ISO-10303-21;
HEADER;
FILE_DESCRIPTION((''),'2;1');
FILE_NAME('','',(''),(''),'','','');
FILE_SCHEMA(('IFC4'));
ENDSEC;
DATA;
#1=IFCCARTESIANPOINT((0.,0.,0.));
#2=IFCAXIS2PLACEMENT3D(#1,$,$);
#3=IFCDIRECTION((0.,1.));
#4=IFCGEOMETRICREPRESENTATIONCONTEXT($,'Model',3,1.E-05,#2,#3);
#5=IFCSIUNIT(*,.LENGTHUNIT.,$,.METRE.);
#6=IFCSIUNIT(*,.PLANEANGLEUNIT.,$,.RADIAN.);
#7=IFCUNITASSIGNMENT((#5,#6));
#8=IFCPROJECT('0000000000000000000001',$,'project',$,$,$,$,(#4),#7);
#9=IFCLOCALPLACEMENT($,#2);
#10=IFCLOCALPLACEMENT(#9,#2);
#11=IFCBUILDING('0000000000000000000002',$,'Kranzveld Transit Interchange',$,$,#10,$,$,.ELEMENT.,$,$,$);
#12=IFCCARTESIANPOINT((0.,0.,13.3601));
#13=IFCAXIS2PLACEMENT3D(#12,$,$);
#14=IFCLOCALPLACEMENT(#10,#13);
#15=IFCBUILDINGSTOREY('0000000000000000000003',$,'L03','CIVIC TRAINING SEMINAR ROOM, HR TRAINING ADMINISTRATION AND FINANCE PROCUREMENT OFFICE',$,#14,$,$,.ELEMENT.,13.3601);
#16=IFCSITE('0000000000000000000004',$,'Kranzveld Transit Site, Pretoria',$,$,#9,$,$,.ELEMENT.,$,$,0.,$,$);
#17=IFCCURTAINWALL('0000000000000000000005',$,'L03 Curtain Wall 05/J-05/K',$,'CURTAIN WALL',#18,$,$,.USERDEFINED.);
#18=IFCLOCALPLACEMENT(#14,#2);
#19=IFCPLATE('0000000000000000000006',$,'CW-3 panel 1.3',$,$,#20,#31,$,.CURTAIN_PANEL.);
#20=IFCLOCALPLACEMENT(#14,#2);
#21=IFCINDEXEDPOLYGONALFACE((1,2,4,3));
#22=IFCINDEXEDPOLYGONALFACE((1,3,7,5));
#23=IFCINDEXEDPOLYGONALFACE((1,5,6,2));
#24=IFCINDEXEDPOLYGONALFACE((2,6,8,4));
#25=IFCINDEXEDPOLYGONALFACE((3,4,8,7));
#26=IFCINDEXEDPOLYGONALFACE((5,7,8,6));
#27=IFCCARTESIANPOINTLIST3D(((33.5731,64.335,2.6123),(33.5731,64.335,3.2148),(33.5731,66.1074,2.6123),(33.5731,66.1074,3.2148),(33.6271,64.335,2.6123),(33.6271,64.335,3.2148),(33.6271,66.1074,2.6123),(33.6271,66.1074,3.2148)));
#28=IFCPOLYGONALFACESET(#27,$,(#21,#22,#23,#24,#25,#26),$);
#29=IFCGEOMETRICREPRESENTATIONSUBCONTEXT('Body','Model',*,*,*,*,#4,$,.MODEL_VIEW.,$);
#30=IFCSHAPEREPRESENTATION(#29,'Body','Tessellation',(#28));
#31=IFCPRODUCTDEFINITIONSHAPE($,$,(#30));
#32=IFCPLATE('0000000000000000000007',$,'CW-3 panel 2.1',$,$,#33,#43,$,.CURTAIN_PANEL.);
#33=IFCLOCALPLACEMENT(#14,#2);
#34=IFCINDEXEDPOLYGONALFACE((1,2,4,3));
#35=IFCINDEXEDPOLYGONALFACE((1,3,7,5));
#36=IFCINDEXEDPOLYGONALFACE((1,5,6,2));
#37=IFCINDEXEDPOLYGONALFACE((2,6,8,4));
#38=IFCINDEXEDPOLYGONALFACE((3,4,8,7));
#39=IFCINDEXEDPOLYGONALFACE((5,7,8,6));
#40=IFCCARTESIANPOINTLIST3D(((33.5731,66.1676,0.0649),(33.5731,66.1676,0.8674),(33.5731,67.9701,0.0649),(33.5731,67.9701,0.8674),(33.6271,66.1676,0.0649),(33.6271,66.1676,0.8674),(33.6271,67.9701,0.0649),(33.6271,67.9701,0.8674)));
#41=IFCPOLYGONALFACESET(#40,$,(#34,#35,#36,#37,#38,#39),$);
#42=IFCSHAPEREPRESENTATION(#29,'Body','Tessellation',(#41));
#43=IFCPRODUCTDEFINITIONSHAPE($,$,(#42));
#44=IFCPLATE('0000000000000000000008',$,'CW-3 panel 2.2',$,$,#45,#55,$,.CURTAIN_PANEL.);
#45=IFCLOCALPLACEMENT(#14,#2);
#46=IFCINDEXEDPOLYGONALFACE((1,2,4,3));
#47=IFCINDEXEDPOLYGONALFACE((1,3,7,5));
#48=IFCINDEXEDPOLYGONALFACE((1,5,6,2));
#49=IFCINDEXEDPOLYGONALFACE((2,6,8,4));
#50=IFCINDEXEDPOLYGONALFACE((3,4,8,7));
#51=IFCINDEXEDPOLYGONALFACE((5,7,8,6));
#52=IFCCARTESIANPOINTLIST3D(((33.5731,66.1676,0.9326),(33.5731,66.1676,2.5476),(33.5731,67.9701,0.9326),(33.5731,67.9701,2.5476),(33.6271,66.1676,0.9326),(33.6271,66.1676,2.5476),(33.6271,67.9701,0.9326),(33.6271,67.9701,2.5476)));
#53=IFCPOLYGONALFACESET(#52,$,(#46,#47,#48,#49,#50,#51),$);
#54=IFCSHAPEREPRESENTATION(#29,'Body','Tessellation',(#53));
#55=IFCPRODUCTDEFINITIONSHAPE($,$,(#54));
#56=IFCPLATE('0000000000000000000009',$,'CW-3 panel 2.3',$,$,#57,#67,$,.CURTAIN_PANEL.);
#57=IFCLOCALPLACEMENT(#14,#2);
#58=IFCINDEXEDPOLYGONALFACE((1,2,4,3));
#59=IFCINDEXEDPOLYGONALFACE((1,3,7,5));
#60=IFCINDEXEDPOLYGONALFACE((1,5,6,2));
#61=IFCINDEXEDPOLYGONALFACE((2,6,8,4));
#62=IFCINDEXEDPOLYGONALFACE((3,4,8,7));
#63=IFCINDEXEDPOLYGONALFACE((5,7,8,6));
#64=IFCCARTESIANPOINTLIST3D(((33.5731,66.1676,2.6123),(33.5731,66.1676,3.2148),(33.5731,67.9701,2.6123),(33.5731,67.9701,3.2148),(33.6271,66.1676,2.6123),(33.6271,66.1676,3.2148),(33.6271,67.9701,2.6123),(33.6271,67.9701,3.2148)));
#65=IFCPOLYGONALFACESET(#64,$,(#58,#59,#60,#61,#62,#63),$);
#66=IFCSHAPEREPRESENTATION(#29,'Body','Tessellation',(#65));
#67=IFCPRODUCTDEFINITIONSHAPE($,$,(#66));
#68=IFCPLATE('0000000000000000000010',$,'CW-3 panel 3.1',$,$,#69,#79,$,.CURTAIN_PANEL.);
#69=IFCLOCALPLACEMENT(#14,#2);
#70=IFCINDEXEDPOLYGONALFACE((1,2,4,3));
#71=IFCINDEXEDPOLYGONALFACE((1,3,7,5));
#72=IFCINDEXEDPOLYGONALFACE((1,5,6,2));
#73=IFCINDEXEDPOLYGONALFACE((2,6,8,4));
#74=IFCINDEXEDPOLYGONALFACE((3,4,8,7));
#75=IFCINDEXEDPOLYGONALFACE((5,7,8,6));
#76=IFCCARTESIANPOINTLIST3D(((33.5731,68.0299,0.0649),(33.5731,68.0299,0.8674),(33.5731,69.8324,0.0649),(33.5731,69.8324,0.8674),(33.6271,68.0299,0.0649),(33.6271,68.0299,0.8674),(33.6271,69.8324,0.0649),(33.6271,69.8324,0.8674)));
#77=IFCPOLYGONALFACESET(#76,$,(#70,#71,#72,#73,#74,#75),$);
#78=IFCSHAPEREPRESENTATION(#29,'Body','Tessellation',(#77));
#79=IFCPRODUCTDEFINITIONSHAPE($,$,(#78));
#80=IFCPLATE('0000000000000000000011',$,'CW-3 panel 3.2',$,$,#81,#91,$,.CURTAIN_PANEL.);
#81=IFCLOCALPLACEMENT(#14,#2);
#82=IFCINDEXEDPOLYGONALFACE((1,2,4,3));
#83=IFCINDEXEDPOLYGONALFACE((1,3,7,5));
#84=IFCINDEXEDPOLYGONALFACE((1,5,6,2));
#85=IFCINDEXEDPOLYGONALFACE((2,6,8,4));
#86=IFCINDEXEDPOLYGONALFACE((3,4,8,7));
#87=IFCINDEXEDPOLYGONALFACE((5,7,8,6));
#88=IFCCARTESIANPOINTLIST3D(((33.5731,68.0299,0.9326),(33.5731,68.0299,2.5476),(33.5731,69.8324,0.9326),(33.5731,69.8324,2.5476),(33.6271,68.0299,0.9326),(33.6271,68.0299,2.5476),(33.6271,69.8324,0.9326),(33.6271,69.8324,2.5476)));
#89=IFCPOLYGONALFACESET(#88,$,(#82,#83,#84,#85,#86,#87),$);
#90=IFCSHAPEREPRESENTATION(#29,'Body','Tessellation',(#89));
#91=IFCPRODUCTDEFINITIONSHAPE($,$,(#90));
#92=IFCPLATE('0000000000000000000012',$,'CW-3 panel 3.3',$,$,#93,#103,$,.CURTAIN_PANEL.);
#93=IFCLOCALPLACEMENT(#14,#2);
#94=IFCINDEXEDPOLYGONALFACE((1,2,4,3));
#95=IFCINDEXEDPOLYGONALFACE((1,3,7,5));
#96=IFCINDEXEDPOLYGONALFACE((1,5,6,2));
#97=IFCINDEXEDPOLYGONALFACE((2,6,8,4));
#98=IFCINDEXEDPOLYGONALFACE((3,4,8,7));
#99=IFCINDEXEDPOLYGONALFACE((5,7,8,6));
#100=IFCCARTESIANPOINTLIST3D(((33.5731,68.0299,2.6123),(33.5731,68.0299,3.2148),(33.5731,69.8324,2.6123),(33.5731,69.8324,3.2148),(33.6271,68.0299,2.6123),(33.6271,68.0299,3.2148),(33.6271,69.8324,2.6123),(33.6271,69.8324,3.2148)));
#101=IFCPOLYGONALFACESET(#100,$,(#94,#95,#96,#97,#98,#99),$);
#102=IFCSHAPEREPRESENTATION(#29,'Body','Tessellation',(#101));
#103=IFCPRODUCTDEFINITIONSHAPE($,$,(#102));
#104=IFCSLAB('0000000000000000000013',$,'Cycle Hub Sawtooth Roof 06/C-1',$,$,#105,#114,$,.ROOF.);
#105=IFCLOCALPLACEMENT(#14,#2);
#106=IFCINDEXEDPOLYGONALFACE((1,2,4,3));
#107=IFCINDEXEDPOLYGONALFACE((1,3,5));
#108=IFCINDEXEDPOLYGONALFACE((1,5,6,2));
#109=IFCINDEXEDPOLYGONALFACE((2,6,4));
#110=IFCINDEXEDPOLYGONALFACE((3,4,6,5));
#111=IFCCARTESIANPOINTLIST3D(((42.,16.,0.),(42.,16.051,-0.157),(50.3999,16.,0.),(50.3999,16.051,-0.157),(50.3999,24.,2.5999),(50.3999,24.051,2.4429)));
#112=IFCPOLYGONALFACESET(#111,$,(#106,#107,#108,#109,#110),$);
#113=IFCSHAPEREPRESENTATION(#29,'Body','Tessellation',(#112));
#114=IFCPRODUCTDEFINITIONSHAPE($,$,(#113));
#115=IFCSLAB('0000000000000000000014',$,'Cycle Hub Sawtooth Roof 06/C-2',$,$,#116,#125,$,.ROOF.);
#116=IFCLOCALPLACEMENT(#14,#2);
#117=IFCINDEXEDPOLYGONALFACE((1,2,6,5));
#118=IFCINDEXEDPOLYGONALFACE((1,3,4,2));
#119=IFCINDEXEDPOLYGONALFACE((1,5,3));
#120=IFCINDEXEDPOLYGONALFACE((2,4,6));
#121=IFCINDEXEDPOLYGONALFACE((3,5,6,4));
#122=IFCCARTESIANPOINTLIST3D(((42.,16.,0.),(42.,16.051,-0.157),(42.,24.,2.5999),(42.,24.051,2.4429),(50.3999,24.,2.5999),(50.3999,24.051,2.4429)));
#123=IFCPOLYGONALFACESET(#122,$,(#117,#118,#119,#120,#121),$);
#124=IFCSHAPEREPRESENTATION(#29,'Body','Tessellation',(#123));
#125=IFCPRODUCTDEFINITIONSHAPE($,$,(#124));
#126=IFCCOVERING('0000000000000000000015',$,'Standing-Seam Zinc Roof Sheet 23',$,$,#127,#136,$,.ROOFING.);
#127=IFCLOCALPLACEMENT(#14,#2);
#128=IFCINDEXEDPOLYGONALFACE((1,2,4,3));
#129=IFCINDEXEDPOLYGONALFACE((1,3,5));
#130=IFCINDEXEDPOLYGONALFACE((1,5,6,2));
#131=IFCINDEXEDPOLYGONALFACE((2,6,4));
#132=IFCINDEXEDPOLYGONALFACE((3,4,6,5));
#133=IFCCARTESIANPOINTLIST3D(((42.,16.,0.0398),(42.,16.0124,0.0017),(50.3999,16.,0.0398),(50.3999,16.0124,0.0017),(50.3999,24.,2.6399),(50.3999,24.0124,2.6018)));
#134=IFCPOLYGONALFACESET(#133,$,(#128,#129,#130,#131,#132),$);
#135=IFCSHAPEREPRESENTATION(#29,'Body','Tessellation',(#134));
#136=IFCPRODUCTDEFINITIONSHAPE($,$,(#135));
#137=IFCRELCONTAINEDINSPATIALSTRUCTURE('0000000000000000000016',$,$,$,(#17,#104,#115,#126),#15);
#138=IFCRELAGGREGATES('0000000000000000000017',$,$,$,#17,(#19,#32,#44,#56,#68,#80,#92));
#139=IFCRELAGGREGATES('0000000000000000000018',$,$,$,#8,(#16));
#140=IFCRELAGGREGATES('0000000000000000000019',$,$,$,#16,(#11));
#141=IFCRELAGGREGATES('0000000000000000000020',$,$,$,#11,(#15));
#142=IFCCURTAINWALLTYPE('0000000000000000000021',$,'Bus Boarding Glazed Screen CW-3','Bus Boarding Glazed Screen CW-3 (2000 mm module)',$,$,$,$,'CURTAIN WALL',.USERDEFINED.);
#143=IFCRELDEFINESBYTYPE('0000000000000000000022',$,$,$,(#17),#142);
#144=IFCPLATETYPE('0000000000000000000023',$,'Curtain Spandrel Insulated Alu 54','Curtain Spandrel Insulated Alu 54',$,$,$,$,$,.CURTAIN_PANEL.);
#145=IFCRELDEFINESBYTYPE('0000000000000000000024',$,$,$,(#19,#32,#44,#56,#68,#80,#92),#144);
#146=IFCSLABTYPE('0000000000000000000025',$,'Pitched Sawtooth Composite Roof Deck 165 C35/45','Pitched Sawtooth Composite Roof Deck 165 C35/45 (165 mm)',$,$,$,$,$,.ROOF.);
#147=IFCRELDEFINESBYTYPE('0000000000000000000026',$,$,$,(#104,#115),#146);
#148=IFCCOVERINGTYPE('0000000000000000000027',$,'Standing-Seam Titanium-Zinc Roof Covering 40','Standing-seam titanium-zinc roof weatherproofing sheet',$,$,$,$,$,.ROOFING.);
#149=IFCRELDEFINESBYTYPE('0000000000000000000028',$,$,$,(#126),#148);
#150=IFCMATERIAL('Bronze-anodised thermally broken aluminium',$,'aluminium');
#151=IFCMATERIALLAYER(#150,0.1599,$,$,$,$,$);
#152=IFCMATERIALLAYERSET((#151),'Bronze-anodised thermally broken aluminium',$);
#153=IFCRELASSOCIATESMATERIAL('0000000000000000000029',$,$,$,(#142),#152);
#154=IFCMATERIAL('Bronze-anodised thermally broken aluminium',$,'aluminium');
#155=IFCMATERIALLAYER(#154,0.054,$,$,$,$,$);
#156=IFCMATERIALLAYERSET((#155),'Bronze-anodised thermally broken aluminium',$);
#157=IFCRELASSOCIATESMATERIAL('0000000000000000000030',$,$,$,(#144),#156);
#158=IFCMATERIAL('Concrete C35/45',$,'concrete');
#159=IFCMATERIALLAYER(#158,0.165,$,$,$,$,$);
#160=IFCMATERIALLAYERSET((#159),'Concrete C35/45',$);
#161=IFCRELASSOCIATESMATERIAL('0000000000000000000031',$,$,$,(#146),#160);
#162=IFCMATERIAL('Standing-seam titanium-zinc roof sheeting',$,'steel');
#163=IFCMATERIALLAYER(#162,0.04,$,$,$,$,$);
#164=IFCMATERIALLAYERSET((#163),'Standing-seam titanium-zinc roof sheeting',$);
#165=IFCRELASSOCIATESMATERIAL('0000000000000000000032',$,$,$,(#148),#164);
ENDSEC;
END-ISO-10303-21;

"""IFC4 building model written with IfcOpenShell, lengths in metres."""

from ifc_helpers import new_model, si_unit, direction, frame, origin, origin_2d, place, context, subcontext, project, spatial, polyline, rectangle, outline, extrude, material, layer, layer_set, type_object, element, aggregate, save


model = new_model("IFC4")

# Units and contexts
model_context = context("Model", 3, precision=1e-05, world=origin(), true_north=direction((0.0, 1.0)))
body_context = subcontext(model_context, "Body", "Model", "MODEL_VIEW")
ifc_project = project(units=[si_unit("LENGTHUNIT", "METRE"), si_unit("PLANEANGLEUNIT", "RADIAN")], contexts=[model_context])

# Site, building, storey
site_placement = place(None, origin())
site = spatial("IfcSite", under=ifc_project, at=site_placement, Name="Kranzveld Transit Site, Pretoria", CompositionType="ELEMENT", RefElevation=0.0)
building_placement = place(site_placement, origin())
building = spatial("IfcBuilding", under=site, at=building_placement, Name="Kranzveld Transit Interchange", CompositionType="ELEMENT")
storey_placement = place(building_placement, frame((0.0, 0.0, 13.3601)))
storey = spatial("IfcBuildingStorey", under=building, at=storey_placement, Name="L03", Description="CIVIC TRAINING SEMINAR ROOM, HR TRAINING ADMINISTRATION AND FINANCE PROCUREMENT OFFICE", CompositionType="ELEMENT", Elevation=13.3601)

# Curtain wall, plates
ifc_material_1 = material(Name="Bronze-anodised thermally broken aluminium", Category="aluminium")
ifc_layer_1 = layer(ifc_material_1, 0.1599)
ifc_layer_set_1 = layer_set([ifc_layer_1], Name="Bronze-anodised thermally broken aluminium")
curtain_wall_type = type_object("IfcCurtainWallType", Name="Bus Boarding Glazed Screen CW-3", Description="Bus Boarding Glazed Screen CW-3 (2000 mm module)", ElementType="CURTAIN WALL", PredefinedType="USERDEFINED", material=ifc_layer_set_1)
curtain_wall_placement = place(storey_placement, origin())
curtain_wall = element("IfcCurtainWall", 1, at=curtain_wall_placement, inside=storey, type_object=curtain_wall_type, Name="L03 Curtain Wall 05/J-05/K", ObjectType="CURTAIN WALL", PredefinedType="USERDEFINED")
ifc_material_2 = material(Name="Bronze-anodised thermally broken aluminium", Category="aluminium")
ifc_layer_2 = layer(ifc_material_2, 0.054)
ifc_layer_set_2 = layer_set([ifc_layer_2], Name="Bronze-anodised thermally broken aluminium")
plate_type = type_object("IfcPlateType", Name="Curtain Spandrel Insulated Alu 54", Description="Curtain Spandrel Insulated Alu 54", PredefinedType="CURTAIN_PANEL", material=ifc_layer_set_2)
plate_1_placement = place(storey_placement, frame((33.6001, 65.2212, 2.6123), z_axis=(0.0, 0.0, 1.0), x_axis=(0.0, 1.0, 0.0)))
plate_1 = element("IfcPlate", 2, at=plate_1_placement, type_object=plate_type, Name="CW-3 panel 1.3", PredefinedType="CURTAIN_PANEL", context=body_context, shape_type="SweptSolid", body=[
    extrude(rectangle(XDim=1.7725, YDim=0.054, at=origin_2d()), origin(), (0.0, 0.0, 1.0), 0.6025),
])
plate_2_placement = place(storey_placement, frame((33.6001, 67.0688, 0.0649), z_axis=(0.0, 0.0, 1.0), x_axis=(0.0, 1.0, 0.0)))
plate_2 = element("IfcPlate", 3, at=plate_2_placement, type_object=plate_type, Name="CW-3 panel 2.1", PredefinedType="CURTAIN_PANEL", context=body_context, shape_type="SweptSolid", body=[
    extrude(rectangle(XDim=1.8025, YDim=0.054, at=origin_2d()), origin(), (0.0, 0.0, 1.0), 0.8025),
])
plate_3_placement = place(storey_placement, frame((33.6001, 67.0688, 0.9326), z_axis=(0.0, 0.0, 1.0), x_axis=(0.0, 1.0, 0.0)))
plate_3 = element("IfcPlate", 4, at=plate_3_placement, type_object=plate_type, Name="CW-3 panel 2.2", PredefinedType="CURTAIN_PANEL", context=body_context, shape_type="SweptSolid", body=[
    extrude(rectangle(XDim=1.8025, YDim=0.054, at=origin_2d()), origin(), (0.0, 0.0, 1.0), 1.615),
])
plate_4_placement = place(storey_placement, frame((33.6001, 67.0688, 2.6123), z_axis=(0.0, 0.0, 1.0), x_axis=(0.0, 1.0, 0.0)))
plate_4 = element("IfcPlate", 5, at=plate_4_placement, type_object=plate_type, Name="CW-3 panel 2.3", PredefinedType="CURTAIN_PANEL", context=body_context, shape_type="SweptSolid", body=[
    extrude(rectangle(XDim=1.8025, YDim=0.054, at=origin_2d()), origin(), (0.0, 0.0, 1.0), 0.6025),
])
plate_5_placement = place(storey_placement, frame((33.6001, 68.9312, 0.0649), z_axis=(0.0, 0.0, 1.0), x_axis=(0.0, 1.0, 0.0)))
plate_5 = element("IfcPlate", 6, at=plate_5_placement, type_object=plate_type, Name="CW-3 panel 3.1", PredefinedType="CURTAIN_PANEL", context=body_context, shape_type="SweptSolid", body=[
    extrude(rectangle(XDim=1.8025, YDim=0.054, at=origin_2d()), origin(), (0.0, 0.0, 1.0), 0.8025),
])
plate_6_placement = place(storey_placement, frame((33.6001, 68.9312, 0.9326), z_axis=(0.0, 0.0, 1.0), x_axis=(0.0, 1.0, 0.0)))
plate_6 = element("IfcPlate", 7, at=plate_6_placement, type_object=plate_type, Name="CW-3 panel 3.2", PredefinedType="CURTAIN_PANEL", context=body_context, shape_type="SweptSolid", body=[
    extrude(rectangle(XDim=1.8025, YDim=0.054, at=origin_2d()), origin(), (0.0, 0.0, 1.0), 1.615),
])
plate_7_placement = place(storey_placement, frame((33.6001, 68.9312, 2.6123), z_axis=(0.0, 0.0, 1.0), x_axis=(0.0, 1.0, 0.0)))
plate_7 = element("IfcPlate", 8, at=plate_7_placement, type_object=plate_type, Name="CW-3 panel 3.3", PredefinedType="CURTAIN_PANEL", context=body_context, shape_type="SweptSolid", body=[
    extrude(rectangle(XDim=1.8025, YDim=0.054, at=origin_2d()), origin(), (0.0, 0.0, 1.0), 0.6025),
])
aggregate(curtain_wall, [plate_1, plate_2, plate_3, plate_4, plate_5, plate_6, plate_7])

# Slabs
ifc_material_3 = material(Name="Concrete C35/45", Category="concrete")
ifc_layer_3 = layer(ifc_material_3, 0.165)
ifc_layer_set_3 = layer_set([ifc_layer_3], Name="Concrete C35/45")
slab_type = type_object("IfcSlabType", Name="Pitched Sawtooth Composite Roof Deck 165 C35/45", Description="Pitched Sawtooth Composite Roof Deck 165 C35/45 (165 mm)", PredefinedType="ROOF", material=ifc_layer_set_3)
slab_1_placement = place(storey_placement, frame((42.0, 16.0, 0.0), z_axis=(0.0, -0.30907, 0.951039), x_axis=(1.0, 0.0, 0.0)))
element("IfcSlab", 9, at=slab_1_placement, inside=storey, type_object=slab_type, Name="Cycle Hub Sawtooth Roof 06/C-1", PredefinedType="ROOF", context=body_context, shape_type="SweptSolid", body=[
    extrude(outline(polyline([(0.0, 0.0), (8.3999, 0.0), (8.3999, 8.4119), (0.0, 0.0)])), origin(), (0.0, 0.0, -1.0), 0.165),
])
slab_2_placement = place(storey_placement, frame((42.0, 16.0, 0.0), z_axis=(0.0, -0.30907, 0.951039), x_axis=(0.706604, 0.672964, 0.218701)))
element("IfcSlab", 10, at=slab_2_placement, inside=storey, type_object=slab_type, Name="Cycle Hub Sawtooth Roof 06/C-2", PredefinedType="ROOF", context=body_context, shape_type="SweptSolid", body=[
    extrude(outline(polyline([(0.0, 0.0), (11.8877, 0.0), (5.9523, 5.9438), (0.0, 0.0)])), origin(), (0.0, 0.0, -1.0), 0.165),
])

# Covering
ifc_material_4 = material(Name="Standing-seam titanium-zinc roof sheeting", Category="steel")
ifc_layer_4 = layer(ifc_material_4, 0.04)
ifc_layer_set_4 = layer_set([ifc_layer_4], Name="Standing-seam titanium-zinc roof sheeting")
covering_type = type_object("IfcCoveringType", Name="Standing-Seam Titanium-Zinc Roof Covering 40", Description="Standing-seam titanium-zinc roof weatherproofing sheet", PredefinedType="ROOFING", material=ifc_layer_set_4)
covering_placement = place(storey_placement, frame((42.0, 16.0, 0.0398), z_axis=(0.0, -0.309097, 0.951031), x_axis=(1.0, 0.0, 0.0)))
element("IfcCovering", 11, at=covering_placement, inside=storey, type_object=covering_type, Name="Standing-Seam Zinc Roof Sheet 23", PredefinedType="ROOFING", context=body_context, shape_type="SweptSolid", body=[
    extrude(outline(polyline([(0.0, 0.0), (8.3999, 0.0), (8.3999, 8.4119), (0.0, 0.0)])), origin(), (0.0, 0.0, -1.0), 0.04),
])

save(model, "model.ifc")
